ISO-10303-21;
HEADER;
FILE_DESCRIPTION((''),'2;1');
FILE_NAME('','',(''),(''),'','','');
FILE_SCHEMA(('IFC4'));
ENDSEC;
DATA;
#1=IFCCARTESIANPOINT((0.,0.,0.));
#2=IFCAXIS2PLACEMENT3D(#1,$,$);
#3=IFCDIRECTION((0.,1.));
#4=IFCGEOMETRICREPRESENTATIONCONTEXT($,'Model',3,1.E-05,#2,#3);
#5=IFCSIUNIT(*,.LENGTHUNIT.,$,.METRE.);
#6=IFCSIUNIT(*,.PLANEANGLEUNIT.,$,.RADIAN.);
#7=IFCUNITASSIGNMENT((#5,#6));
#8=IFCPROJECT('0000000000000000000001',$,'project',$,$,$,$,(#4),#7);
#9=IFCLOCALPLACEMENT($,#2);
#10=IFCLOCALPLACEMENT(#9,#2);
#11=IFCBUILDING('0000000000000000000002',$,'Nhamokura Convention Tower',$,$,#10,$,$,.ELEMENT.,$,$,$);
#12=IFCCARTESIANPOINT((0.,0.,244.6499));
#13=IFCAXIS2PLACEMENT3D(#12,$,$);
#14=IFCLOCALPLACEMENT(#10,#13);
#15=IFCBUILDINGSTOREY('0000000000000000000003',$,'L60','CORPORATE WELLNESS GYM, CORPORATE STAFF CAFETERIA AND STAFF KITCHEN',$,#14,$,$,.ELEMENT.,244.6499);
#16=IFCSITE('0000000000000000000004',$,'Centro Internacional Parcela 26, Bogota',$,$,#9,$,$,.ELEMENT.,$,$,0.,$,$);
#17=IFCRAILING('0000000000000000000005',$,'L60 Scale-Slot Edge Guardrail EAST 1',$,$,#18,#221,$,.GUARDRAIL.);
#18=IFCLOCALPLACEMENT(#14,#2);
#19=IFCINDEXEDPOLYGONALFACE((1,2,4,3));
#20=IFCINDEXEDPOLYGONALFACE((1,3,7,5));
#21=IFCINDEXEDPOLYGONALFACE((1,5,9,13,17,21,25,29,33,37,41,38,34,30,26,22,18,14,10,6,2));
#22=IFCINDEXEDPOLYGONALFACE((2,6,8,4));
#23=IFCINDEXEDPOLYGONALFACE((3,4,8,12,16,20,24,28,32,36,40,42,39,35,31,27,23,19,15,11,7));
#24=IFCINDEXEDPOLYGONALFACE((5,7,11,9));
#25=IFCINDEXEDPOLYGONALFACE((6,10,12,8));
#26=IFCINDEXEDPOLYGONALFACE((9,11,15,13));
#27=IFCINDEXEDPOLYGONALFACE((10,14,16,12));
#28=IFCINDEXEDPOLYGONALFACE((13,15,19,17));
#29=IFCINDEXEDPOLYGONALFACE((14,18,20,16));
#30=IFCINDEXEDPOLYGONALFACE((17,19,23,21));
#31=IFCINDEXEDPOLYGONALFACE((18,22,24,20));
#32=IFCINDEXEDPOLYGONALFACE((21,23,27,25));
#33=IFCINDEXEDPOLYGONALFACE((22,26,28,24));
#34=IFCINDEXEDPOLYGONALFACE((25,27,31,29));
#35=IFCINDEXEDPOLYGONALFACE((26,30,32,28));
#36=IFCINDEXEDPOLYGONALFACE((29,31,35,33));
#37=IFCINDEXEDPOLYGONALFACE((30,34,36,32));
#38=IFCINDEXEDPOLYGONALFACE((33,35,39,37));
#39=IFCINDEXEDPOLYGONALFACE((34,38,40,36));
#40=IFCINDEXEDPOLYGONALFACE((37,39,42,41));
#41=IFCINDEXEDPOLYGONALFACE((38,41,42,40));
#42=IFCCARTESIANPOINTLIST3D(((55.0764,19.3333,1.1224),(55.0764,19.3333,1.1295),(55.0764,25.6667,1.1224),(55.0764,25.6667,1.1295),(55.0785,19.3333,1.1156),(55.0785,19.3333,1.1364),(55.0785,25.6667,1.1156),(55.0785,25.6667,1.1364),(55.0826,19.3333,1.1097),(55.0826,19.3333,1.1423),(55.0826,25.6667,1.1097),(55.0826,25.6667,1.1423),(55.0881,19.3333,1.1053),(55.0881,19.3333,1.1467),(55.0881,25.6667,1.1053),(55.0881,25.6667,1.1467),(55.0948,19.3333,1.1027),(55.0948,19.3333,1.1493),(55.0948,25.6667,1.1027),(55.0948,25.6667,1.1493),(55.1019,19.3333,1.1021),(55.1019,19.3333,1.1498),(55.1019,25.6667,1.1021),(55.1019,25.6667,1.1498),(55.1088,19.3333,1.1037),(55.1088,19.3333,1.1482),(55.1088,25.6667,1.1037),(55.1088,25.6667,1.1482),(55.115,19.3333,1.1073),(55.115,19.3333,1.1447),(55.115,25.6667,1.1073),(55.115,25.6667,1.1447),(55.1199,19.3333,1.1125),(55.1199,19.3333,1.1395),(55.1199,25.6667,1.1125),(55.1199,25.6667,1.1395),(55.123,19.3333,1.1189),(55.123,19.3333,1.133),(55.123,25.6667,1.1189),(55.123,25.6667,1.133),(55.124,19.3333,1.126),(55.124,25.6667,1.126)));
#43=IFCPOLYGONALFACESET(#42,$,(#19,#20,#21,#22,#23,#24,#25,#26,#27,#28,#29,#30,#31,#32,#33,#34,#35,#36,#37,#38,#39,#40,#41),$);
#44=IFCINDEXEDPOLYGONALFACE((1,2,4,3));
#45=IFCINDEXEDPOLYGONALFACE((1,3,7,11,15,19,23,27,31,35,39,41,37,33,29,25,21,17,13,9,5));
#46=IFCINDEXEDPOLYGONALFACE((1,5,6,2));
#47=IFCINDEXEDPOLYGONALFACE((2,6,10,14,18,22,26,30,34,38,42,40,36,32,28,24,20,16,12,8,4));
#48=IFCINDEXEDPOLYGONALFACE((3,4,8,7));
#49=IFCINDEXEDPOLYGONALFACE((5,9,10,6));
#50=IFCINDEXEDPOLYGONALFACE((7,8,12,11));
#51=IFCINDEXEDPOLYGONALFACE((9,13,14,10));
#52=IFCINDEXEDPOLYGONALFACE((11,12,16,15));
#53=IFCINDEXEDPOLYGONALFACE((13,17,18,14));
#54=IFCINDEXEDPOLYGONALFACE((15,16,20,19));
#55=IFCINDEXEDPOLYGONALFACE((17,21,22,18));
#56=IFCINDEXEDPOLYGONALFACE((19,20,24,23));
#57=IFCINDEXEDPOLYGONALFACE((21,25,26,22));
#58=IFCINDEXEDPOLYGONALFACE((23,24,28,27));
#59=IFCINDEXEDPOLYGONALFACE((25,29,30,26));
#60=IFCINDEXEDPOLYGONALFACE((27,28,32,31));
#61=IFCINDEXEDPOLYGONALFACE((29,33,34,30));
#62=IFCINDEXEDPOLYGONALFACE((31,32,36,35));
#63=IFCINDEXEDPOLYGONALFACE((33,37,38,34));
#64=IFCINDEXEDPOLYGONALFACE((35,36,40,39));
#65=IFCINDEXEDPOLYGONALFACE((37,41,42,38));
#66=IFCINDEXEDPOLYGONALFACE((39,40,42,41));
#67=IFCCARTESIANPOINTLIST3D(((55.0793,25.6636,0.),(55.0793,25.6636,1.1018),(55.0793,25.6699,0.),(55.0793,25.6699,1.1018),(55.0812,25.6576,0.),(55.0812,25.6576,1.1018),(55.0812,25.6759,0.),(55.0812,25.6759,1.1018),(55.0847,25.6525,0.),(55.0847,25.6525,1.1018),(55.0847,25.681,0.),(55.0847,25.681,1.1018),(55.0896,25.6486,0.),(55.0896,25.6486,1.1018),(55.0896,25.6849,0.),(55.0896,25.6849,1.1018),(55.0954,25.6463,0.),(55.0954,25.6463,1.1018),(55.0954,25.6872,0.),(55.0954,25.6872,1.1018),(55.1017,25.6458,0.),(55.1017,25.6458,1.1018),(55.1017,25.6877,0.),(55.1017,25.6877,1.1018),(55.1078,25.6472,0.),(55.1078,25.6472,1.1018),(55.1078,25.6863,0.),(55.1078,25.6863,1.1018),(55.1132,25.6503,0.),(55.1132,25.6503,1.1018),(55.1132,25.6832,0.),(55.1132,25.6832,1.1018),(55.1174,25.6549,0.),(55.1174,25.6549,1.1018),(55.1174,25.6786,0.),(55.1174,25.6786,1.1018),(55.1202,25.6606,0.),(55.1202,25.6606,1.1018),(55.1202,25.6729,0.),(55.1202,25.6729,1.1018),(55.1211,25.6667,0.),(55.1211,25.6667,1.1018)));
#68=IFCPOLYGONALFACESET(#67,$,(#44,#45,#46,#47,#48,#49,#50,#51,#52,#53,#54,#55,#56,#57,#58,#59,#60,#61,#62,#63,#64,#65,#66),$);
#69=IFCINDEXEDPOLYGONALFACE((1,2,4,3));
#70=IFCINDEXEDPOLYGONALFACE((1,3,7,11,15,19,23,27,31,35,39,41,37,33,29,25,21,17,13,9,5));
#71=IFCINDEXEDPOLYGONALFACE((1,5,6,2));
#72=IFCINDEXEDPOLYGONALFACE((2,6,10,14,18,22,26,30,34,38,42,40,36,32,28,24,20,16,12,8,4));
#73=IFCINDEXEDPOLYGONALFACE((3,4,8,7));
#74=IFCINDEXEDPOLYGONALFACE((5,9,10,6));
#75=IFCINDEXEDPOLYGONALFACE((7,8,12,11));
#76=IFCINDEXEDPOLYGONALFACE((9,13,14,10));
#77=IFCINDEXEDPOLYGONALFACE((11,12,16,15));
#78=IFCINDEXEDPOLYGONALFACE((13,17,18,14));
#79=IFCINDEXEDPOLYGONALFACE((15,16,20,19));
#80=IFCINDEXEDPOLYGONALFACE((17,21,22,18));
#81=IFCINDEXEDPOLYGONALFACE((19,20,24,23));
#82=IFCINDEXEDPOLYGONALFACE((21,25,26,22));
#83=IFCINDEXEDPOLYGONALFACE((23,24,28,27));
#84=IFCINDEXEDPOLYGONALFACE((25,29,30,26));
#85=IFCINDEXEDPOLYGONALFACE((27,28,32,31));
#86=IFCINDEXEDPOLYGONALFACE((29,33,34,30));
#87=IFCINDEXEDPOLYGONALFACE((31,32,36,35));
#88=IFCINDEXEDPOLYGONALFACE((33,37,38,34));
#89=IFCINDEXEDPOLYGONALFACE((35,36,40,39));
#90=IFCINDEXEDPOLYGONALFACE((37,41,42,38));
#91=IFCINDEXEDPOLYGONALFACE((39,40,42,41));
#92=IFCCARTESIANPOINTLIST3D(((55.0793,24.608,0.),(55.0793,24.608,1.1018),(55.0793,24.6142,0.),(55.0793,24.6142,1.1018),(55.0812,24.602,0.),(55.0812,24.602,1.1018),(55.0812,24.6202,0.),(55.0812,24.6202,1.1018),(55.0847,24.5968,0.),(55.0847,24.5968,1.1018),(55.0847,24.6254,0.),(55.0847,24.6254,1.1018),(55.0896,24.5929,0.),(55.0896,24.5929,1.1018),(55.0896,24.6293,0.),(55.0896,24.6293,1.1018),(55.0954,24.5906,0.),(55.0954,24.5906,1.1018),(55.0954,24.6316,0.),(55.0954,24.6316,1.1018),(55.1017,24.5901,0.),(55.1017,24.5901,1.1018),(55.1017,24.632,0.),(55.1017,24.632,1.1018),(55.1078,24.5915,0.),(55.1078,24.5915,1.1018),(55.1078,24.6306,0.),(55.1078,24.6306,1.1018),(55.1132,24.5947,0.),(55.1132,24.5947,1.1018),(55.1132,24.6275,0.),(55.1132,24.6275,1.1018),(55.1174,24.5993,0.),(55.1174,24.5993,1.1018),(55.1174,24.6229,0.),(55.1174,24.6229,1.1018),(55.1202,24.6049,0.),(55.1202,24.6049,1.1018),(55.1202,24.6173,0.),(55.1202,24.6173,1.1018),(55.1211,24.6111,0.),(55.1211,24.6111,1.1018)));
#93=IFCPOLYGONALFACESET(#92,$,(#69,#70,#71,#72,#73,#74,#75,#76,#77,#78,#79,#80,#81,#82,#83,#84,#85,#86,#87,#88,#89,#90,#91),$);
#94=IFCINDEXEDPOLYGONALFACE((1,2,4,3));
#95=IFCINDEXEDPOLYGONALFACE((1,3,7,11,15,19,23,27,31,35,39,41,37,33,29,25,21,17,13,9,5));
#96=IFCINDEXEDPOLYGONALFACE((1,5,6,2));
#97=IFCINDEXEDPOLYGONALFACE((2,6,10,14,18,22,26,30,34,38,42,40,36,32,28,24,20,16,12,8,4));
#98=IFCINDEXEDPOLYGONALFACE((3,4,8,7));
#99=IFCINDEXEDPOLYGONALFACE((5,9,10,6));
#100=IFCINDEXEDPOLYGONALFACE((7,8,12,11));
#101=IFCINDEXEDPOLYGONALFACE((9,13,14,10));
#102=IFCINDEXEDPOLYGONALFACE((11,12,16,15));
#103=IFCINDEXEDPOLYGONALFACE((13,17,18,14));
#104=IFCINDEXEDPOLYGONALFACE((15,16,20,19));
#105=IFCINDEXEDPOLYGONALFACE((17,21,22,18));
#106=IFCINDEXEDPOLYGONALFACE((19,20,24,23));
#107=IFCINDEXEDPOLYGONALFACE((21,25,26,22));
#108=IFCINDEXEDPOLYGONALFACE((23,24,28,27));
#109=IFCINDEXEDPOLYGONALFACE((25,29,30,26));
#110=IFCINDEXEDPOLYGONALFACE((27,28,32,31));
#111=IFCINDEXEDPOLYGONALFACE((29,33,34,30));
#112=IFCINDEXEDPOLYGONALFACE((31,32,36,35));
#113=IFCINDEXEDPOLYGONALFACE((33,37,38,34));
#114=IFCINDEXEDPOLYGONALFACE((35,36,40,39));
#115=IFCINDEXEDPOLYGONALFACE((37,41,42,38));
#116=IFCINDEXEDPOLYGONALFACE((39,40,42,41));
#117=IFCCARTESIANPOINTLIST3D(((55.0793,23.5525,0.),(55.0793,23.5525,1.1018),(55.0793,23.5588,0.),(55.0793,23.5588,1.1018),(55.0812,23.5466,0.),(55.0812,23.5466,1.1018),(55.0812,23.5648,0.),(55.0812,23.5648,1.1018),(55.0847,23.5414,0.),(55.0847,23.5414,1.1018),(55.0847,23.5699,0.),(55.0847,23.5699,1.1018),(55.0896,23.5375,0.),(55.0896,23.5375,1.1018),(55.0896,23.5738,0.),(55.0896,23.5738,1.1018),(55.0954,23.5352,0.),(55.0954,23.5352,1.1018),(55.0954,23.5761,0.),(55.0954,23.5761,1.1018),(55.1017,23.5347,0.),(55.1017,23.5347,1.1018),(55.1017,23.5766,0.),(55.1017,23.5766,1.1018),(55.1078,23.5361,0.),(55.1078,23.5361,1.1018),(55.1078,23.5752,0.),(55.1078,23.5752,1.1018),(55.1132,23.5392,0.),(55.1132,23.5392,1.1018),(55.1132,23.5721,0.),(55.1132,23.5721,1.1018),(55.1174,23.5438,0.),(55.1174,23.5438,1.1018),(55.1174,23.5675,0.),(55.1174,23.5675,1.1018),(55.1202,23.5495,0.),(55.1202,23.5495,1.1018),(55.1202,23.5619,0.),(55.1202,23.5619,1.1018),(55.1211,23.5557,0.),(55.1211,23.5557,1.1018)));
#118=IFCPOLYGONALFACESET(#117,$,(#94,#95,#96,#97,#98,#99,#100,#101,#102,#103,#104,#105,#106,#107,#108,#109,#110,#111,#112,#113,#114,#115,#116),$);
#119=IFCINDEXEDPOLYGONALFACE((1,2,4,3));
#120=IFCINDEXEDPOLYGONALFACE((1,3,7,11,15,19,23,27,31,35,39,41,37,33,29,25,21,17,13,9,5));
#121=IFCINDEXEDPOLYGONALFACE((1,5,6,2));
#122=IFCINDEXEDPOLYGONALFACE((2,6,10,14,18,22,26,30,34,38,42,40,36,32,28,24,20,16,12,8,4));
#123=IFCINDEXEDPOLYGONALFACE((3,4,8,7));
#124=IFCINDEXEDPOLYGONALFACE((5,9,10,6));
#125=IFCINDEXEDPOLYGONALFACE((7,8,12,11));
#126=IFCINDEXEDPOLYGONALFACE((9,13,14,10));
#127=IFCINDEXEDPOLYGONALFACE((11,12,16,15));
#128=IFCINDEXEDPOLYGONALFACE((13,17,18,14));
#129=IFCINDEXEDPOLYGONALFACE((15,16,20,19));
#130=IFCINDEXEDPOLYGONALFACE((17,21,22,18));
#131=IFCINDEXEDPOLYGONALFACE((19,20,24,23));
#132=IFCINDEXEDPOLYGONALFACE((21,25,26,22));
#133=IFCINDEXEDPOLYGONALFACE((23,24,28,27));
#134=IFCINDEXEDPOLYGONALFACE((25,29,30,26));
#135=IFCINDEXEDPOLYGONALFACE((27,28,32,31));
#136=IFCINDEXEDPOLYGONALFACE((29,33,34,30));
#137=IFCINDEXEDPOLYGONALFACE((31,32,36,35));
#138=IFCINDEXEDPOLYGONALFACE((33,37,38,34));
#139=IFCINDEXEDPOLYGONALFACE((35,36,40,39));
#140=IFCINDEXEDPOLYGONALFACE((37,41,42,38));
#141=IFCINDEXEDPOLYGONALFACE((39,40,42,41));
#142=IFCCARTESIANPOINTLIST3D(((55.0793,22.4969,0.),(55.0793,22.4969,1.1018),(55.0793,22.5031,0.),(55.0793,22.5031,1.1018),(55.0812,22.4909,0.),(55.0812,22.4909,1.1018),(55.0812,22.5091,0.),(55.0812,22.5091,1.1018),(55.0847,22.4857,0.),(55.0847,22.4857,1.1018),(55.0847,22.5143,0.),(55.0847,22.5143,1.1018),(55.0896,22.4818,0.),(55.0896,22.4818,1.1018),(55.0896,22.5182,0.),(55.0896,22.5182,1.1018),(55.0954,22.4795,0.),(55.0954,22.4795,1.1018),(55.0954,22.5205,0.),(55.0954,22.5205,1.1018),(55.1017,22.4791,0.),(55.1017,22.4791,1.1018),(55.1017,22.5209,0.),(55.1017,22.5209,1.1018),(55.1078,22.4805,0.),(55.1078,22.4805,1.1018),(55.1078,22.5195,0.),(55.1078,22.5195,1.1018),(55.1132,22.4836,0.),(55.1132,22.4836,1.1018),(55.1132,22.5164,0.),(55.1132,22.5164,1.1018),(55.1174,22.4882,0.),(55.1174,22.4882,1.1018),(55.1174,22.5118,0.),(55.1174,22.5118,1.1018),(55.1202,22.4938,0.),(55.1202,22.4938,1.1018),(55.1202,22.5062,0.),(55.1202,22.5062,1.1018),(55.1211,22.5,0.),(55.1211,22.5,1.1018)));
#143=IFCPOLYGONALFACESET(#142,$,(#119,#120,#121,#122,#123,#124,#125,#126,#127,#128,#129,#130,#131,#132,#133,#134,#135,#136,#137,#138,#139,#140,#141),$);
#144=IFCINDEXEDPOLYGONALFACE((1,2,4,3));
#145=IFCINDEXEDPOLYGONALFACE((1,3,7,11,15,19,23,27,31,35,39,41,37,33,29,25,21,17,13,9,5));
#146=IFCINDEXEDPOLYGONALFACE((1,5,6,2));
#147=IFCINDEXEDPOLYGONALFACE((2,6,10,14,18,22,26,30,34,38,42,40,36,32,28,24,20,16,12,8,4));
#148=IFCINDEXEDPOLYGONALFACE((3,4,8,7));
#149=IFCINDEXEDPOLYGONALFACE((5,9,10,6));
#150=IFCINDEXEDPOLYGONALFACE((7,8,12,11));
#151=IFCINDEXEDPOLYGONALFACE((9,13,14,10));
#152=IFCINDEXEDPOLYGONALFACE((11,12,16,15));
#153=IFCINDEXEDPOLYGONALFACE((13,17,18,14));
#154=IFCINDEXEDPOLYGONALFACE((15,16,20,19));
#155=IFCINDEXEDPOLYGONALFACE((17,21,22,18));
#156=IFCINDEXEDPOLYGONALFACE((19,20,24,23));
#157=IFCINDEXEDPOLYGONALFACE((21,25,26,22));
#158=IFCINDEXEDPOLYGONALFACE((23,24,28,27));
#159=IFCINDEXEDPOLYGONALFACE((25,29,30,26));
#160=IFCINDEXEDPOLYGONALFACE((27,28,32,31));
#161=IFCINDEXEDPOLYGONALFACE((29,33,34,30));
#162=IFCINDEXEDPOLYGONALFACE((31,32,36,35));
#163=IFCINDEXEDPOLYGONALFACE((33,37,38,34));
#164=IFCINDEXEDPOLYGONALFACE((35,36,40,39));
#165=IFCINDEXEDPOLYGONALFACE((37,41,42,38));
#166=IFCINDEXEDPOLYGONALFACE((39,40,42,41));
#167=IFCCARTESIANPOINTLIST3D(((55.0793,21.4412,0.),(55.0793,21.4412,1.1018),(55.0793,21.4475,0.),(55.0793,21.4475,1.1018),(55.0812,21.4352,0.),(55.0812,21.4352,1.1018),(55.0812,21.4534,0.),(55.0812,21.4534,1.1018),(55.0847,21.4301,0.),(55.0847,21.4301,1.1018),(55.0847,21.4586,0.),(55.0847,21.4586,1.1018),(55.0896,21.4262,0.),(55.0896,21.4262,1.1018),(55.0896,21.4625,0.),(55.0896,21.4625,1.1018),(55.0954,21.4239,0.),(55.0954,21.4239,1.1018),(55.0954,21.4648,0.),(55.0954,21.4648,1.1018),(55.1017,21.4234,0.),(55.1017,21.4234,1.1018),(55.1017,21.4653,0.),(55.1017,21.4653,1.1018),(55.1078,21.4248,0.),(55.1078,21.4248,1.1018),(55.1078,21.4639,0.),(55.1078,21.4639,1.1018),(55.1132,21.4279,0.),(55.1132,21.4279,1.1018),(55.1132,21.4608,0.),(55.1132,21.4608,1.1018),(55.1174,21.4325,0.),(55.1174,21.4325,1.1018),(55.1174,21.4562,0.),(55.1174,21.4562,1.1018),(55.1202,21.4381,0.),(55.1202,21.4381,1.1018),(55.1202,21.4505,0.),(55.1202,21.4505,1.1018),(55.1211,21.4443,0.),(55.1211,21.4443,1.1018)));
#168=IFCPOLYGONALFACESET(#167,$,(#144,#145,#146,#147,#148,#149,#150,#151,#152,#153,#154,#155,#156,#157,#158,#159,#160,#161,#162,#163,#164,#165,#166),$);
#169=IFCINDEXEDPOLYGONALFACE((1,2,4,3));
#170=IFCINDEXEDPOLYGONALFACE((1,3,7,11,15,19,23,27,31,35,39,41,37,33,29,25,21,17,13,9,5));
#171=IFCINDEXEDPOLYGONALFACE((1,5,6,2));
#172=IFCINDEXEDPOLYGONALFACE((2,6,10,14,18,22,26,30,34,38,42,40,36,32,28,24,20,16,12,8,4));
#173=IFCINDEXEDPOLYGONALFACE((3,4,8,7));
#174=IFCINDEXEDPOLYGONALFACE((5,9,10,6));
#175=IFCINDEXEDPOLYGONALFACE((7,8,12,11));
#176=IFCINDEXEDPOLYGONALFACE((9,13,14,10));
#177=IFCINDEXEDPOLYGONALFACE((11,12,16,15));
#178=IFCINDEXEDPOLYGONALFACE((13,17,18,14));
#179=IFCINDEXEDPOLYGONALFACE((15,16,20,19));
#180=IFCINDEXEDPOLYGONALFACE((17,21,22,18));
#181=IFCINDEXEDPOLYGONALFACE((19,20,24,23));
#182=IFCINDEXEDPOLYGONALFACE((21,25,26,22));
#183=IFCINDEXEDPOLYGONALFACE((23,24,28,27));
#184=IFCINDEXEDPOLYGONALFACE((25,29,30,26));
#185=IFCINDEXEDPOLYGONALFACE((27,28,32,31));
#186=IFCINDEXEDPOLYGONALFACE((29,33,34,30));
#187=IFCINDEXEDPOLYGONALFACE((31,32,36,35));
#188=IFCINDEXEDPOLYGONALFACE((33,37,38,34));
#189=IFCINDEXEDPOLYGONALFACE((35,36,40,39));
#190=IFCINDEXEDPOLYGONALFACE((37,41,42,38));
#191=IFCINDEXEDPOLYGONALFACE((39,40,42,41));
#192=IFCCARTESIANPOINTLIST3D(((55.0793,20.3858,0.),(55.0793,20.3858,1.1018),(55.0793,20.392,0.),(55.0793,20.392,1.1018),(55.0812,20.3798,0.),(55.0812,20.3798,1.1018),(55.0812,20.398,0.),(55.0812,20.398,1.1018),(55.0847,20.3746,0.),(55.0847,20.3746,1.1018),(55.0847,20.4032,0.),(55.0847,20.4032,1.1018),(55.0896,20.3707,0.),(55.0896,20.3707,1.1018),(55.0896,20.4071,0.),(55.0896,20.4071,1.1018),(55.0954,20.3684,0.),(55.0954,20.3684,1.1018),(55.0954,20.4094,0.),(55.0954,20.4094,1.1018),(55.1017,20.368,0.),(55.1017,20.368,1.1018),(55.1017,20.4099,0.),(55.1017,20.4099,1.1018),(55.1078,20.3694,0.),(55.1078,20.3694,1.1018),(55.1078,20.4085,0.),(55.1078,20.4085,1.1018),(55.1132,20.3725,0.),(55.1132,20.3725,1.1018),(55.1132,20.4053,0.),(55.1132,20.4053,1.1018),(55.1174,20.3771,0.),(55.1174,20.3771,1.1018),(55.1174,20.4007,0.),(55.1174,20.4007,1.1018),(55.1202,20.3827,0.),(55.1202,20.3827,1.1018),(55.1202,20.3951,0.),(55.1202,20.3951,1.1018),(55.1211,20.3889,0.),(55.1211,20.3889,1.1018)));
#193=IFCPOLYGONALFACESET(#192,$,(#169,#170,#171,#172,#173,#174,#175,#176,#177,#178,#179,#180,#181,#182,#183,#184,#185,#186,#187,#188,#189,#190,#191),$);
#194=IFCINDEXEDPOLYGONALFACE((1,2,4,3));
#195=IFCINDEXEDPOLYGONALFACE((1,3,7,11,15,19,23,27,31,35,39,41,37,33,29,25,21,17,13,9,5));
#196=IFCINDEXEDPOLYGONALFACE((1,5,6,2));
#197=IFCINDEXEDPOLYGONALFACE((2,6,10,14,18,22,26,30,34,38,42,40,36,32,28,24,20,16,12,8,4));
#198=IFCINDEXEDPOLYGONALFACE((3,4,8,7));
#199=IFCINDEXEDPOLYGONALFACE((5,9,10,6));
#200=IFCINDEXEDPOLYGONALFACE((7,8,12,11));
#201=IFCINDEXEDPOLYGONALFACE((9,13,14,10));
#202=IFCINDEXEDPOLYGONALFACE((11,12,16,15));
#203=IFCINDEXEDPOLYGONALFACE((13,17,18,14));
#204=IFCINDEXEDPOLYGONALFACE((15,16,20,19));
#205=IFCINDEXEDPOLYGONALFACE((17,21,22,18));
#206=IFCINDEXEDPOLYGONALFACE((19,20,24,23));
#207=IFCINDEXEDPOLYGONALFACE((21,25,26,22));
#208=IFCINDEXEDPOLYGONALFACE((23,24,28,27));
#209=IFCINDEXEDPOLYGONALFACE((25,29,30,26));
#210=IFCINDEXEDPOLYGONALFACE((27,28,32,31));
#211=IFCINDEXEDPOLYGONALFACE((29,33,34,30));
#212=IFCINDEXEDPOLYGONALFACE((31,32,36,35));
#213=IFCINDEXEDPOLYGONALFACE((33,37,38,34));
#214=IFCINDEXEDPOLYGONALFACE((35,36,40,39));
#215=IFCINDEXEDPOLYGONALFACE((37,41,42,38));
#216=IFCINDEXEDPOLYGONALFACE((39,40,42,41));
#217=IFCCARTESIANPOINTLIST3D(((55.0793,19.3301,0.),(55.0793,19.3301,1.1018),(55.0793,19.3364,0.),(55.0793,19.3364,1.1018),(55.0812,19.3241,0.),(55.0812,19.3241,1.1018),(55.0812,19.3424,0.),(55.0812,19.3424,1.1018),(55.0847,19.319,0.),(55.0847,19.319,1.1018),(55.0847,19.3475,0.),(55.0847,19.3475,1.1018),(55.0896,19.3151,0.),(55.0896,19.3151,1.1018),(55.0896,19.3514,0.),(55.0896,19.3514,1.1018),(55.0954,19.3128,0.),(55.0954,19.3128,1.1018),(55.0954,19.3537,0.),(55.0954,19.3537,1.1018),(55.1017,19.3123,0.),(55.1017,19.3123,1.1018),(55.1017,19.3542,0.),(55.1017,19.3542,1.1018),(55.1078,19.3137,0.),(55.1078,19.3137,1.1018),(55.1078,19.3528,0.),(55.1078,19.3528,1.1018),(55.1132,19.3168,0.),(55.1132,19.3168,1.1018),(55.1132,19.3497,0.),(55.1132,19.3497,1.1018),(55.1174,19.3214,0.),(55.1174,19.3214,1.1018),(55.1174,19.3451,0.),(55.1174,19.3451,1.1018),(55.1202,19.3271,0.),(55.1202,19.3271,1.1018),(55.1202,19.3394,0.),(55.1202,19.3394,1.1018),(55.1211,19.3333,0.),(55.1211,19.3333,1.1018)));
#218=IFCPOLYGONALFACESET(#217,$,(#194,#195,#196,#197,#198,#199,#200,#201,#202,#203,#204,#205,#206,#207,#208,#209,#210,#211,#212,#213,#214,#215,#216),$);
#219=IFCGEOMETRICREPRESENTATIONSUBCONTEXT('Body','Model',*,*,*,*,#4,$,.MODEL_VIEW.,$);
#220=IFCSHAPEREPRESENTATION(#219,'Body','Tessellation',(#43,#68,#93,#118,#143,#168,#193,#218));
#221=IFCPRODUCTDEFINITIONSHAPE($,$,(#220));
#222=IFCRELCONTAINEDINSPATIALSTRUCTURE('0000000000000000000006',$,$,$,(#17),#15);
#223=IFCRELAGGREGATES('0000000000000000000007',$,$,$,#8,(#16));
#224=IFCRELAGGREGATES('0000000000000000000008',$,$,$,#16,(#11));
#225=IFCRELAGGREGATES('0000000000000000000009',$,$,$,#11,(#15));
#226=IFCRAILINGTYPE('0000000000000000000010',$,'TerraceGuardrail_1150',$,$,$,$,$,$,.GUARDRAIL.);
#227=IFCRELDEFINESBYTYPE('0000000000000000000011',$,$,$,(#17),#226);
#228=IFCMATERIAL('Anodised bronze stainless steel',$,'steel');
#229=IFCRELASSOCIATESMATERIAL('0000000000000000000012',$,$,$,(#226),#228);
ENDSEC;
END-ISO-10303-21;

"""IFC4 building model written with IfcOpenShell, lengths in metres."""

from ifc_helpers import new_model, si_unit, direction, frame, origin, origin_2d, place, context, subcontext, project, spatial, circle, extrude, material, type_object, element, save


model = new_model("IFC4")

# Units and contexts
model_context = context("Model", 3, precision=1e-05, world=origin(), true_north=direction((0.0, 1.0)))
body_context = subcontext(model_context, "Body", "Model", "MODEL_VIEW")
ifc_project = project(units=[si_unit("LENGTHUNIT", "METRE"), si_unit("PLANEANGLEUNIT", "RADIAN")], contexts=[model_context])

# Site, building, storey
site_placement = place(None, origin())
site = spatial("IfcSite", under=ifc_project, at=site_placement, Name="Centro Internacional Parcela 26, Bogota", CompositionType="ELEMENT", RefElevation=0.0)
building_placement = place(site_placement, origin())
building = spatial("IfcBuilding", under=site, at=building_placement, Name="Nhamokura Convention Tower", CompositionType="ELEMENT")
storey_placement = place(building_placement, frame((0.0, 0.0, 244.6499)))
storey = spatial("IfcBuildingStorey", under=building, at=storey_placement, Name="L60", Description="CORPORATE WELLNESS GYM, CORPORATE STAFF CAFETERIA AND STAFF KITCHEN", CompositionType="ELEMENT", Elevation=244.6499)

# Railing
ifc_material_1 = material(Name="Anodised bronze stainless steel", Category="steel")
railing_type = type_object("IfcRailingType", Name="TerraceGuardrail_1150", PredefinedType="GUARDRAIL", material=ifc_material_1)
railing_placement = place(storey_placement, frame((55.1001, 25.6667, 0.0)))
element("IfcRailing", 1, at=railing_placement, inside=storey, type_object=railing_type, Name="L60 Scale-Slot Edge Guardrail EAST 1", PredefinedType="GUARDRAIL", context=body_context, shape_type="SweptSolid", body=[
    extrude(circle(Radius=0.0239, at=origin_2d()), frame((0.0, 0.0, 1.126), z_axis=(0.0, -1.0, 0.0), x_axis=(1.0, 0.0, 0.0)), (0.0, 0.0, 1.0), 6.3335),
    extrude(circle(Radius=0.021, at=origin_2d()), origin(), (0.0, 0.0, 1.0), 1.1018),
    extrude(circle(Radius=0.021, at=origin_2d()), frame((0.0, -1.0557, 0.0)), (0.0, 0.0, 1.0), 1.1018),
    extrude(circle(Radius=0.021, at=origin_2d()), frame((0.0, -2.1111, 0.0)), (0.0, 0.0, 1.0), 1.1018),
    extrude(circle(Radius=0.021, at=origin_2d()), frame((0.0, -3.1667, 0.0)), (0.0, 0.0, 1.0), 1.1018),
    extrude(circle(Radius=0.021, at=origin_2d()), frame((0.0, -4.2224, 0.0)), (0.0, 0.0, 1.0), 1.1018),
    extrude(circle(Radius=0.021, at=origin_2d()), frame((0.0, -5.2778, 0.0)), (0.0, 0.0, 1.0), 1.1018),
    extrude(circle(Radius=0.021, at=origin_2d()), frame((0.0, -6.3335, 0.0)), (0.0, 0.0, 1.0), 1.1018),
])

save(model, "model.ifc")
